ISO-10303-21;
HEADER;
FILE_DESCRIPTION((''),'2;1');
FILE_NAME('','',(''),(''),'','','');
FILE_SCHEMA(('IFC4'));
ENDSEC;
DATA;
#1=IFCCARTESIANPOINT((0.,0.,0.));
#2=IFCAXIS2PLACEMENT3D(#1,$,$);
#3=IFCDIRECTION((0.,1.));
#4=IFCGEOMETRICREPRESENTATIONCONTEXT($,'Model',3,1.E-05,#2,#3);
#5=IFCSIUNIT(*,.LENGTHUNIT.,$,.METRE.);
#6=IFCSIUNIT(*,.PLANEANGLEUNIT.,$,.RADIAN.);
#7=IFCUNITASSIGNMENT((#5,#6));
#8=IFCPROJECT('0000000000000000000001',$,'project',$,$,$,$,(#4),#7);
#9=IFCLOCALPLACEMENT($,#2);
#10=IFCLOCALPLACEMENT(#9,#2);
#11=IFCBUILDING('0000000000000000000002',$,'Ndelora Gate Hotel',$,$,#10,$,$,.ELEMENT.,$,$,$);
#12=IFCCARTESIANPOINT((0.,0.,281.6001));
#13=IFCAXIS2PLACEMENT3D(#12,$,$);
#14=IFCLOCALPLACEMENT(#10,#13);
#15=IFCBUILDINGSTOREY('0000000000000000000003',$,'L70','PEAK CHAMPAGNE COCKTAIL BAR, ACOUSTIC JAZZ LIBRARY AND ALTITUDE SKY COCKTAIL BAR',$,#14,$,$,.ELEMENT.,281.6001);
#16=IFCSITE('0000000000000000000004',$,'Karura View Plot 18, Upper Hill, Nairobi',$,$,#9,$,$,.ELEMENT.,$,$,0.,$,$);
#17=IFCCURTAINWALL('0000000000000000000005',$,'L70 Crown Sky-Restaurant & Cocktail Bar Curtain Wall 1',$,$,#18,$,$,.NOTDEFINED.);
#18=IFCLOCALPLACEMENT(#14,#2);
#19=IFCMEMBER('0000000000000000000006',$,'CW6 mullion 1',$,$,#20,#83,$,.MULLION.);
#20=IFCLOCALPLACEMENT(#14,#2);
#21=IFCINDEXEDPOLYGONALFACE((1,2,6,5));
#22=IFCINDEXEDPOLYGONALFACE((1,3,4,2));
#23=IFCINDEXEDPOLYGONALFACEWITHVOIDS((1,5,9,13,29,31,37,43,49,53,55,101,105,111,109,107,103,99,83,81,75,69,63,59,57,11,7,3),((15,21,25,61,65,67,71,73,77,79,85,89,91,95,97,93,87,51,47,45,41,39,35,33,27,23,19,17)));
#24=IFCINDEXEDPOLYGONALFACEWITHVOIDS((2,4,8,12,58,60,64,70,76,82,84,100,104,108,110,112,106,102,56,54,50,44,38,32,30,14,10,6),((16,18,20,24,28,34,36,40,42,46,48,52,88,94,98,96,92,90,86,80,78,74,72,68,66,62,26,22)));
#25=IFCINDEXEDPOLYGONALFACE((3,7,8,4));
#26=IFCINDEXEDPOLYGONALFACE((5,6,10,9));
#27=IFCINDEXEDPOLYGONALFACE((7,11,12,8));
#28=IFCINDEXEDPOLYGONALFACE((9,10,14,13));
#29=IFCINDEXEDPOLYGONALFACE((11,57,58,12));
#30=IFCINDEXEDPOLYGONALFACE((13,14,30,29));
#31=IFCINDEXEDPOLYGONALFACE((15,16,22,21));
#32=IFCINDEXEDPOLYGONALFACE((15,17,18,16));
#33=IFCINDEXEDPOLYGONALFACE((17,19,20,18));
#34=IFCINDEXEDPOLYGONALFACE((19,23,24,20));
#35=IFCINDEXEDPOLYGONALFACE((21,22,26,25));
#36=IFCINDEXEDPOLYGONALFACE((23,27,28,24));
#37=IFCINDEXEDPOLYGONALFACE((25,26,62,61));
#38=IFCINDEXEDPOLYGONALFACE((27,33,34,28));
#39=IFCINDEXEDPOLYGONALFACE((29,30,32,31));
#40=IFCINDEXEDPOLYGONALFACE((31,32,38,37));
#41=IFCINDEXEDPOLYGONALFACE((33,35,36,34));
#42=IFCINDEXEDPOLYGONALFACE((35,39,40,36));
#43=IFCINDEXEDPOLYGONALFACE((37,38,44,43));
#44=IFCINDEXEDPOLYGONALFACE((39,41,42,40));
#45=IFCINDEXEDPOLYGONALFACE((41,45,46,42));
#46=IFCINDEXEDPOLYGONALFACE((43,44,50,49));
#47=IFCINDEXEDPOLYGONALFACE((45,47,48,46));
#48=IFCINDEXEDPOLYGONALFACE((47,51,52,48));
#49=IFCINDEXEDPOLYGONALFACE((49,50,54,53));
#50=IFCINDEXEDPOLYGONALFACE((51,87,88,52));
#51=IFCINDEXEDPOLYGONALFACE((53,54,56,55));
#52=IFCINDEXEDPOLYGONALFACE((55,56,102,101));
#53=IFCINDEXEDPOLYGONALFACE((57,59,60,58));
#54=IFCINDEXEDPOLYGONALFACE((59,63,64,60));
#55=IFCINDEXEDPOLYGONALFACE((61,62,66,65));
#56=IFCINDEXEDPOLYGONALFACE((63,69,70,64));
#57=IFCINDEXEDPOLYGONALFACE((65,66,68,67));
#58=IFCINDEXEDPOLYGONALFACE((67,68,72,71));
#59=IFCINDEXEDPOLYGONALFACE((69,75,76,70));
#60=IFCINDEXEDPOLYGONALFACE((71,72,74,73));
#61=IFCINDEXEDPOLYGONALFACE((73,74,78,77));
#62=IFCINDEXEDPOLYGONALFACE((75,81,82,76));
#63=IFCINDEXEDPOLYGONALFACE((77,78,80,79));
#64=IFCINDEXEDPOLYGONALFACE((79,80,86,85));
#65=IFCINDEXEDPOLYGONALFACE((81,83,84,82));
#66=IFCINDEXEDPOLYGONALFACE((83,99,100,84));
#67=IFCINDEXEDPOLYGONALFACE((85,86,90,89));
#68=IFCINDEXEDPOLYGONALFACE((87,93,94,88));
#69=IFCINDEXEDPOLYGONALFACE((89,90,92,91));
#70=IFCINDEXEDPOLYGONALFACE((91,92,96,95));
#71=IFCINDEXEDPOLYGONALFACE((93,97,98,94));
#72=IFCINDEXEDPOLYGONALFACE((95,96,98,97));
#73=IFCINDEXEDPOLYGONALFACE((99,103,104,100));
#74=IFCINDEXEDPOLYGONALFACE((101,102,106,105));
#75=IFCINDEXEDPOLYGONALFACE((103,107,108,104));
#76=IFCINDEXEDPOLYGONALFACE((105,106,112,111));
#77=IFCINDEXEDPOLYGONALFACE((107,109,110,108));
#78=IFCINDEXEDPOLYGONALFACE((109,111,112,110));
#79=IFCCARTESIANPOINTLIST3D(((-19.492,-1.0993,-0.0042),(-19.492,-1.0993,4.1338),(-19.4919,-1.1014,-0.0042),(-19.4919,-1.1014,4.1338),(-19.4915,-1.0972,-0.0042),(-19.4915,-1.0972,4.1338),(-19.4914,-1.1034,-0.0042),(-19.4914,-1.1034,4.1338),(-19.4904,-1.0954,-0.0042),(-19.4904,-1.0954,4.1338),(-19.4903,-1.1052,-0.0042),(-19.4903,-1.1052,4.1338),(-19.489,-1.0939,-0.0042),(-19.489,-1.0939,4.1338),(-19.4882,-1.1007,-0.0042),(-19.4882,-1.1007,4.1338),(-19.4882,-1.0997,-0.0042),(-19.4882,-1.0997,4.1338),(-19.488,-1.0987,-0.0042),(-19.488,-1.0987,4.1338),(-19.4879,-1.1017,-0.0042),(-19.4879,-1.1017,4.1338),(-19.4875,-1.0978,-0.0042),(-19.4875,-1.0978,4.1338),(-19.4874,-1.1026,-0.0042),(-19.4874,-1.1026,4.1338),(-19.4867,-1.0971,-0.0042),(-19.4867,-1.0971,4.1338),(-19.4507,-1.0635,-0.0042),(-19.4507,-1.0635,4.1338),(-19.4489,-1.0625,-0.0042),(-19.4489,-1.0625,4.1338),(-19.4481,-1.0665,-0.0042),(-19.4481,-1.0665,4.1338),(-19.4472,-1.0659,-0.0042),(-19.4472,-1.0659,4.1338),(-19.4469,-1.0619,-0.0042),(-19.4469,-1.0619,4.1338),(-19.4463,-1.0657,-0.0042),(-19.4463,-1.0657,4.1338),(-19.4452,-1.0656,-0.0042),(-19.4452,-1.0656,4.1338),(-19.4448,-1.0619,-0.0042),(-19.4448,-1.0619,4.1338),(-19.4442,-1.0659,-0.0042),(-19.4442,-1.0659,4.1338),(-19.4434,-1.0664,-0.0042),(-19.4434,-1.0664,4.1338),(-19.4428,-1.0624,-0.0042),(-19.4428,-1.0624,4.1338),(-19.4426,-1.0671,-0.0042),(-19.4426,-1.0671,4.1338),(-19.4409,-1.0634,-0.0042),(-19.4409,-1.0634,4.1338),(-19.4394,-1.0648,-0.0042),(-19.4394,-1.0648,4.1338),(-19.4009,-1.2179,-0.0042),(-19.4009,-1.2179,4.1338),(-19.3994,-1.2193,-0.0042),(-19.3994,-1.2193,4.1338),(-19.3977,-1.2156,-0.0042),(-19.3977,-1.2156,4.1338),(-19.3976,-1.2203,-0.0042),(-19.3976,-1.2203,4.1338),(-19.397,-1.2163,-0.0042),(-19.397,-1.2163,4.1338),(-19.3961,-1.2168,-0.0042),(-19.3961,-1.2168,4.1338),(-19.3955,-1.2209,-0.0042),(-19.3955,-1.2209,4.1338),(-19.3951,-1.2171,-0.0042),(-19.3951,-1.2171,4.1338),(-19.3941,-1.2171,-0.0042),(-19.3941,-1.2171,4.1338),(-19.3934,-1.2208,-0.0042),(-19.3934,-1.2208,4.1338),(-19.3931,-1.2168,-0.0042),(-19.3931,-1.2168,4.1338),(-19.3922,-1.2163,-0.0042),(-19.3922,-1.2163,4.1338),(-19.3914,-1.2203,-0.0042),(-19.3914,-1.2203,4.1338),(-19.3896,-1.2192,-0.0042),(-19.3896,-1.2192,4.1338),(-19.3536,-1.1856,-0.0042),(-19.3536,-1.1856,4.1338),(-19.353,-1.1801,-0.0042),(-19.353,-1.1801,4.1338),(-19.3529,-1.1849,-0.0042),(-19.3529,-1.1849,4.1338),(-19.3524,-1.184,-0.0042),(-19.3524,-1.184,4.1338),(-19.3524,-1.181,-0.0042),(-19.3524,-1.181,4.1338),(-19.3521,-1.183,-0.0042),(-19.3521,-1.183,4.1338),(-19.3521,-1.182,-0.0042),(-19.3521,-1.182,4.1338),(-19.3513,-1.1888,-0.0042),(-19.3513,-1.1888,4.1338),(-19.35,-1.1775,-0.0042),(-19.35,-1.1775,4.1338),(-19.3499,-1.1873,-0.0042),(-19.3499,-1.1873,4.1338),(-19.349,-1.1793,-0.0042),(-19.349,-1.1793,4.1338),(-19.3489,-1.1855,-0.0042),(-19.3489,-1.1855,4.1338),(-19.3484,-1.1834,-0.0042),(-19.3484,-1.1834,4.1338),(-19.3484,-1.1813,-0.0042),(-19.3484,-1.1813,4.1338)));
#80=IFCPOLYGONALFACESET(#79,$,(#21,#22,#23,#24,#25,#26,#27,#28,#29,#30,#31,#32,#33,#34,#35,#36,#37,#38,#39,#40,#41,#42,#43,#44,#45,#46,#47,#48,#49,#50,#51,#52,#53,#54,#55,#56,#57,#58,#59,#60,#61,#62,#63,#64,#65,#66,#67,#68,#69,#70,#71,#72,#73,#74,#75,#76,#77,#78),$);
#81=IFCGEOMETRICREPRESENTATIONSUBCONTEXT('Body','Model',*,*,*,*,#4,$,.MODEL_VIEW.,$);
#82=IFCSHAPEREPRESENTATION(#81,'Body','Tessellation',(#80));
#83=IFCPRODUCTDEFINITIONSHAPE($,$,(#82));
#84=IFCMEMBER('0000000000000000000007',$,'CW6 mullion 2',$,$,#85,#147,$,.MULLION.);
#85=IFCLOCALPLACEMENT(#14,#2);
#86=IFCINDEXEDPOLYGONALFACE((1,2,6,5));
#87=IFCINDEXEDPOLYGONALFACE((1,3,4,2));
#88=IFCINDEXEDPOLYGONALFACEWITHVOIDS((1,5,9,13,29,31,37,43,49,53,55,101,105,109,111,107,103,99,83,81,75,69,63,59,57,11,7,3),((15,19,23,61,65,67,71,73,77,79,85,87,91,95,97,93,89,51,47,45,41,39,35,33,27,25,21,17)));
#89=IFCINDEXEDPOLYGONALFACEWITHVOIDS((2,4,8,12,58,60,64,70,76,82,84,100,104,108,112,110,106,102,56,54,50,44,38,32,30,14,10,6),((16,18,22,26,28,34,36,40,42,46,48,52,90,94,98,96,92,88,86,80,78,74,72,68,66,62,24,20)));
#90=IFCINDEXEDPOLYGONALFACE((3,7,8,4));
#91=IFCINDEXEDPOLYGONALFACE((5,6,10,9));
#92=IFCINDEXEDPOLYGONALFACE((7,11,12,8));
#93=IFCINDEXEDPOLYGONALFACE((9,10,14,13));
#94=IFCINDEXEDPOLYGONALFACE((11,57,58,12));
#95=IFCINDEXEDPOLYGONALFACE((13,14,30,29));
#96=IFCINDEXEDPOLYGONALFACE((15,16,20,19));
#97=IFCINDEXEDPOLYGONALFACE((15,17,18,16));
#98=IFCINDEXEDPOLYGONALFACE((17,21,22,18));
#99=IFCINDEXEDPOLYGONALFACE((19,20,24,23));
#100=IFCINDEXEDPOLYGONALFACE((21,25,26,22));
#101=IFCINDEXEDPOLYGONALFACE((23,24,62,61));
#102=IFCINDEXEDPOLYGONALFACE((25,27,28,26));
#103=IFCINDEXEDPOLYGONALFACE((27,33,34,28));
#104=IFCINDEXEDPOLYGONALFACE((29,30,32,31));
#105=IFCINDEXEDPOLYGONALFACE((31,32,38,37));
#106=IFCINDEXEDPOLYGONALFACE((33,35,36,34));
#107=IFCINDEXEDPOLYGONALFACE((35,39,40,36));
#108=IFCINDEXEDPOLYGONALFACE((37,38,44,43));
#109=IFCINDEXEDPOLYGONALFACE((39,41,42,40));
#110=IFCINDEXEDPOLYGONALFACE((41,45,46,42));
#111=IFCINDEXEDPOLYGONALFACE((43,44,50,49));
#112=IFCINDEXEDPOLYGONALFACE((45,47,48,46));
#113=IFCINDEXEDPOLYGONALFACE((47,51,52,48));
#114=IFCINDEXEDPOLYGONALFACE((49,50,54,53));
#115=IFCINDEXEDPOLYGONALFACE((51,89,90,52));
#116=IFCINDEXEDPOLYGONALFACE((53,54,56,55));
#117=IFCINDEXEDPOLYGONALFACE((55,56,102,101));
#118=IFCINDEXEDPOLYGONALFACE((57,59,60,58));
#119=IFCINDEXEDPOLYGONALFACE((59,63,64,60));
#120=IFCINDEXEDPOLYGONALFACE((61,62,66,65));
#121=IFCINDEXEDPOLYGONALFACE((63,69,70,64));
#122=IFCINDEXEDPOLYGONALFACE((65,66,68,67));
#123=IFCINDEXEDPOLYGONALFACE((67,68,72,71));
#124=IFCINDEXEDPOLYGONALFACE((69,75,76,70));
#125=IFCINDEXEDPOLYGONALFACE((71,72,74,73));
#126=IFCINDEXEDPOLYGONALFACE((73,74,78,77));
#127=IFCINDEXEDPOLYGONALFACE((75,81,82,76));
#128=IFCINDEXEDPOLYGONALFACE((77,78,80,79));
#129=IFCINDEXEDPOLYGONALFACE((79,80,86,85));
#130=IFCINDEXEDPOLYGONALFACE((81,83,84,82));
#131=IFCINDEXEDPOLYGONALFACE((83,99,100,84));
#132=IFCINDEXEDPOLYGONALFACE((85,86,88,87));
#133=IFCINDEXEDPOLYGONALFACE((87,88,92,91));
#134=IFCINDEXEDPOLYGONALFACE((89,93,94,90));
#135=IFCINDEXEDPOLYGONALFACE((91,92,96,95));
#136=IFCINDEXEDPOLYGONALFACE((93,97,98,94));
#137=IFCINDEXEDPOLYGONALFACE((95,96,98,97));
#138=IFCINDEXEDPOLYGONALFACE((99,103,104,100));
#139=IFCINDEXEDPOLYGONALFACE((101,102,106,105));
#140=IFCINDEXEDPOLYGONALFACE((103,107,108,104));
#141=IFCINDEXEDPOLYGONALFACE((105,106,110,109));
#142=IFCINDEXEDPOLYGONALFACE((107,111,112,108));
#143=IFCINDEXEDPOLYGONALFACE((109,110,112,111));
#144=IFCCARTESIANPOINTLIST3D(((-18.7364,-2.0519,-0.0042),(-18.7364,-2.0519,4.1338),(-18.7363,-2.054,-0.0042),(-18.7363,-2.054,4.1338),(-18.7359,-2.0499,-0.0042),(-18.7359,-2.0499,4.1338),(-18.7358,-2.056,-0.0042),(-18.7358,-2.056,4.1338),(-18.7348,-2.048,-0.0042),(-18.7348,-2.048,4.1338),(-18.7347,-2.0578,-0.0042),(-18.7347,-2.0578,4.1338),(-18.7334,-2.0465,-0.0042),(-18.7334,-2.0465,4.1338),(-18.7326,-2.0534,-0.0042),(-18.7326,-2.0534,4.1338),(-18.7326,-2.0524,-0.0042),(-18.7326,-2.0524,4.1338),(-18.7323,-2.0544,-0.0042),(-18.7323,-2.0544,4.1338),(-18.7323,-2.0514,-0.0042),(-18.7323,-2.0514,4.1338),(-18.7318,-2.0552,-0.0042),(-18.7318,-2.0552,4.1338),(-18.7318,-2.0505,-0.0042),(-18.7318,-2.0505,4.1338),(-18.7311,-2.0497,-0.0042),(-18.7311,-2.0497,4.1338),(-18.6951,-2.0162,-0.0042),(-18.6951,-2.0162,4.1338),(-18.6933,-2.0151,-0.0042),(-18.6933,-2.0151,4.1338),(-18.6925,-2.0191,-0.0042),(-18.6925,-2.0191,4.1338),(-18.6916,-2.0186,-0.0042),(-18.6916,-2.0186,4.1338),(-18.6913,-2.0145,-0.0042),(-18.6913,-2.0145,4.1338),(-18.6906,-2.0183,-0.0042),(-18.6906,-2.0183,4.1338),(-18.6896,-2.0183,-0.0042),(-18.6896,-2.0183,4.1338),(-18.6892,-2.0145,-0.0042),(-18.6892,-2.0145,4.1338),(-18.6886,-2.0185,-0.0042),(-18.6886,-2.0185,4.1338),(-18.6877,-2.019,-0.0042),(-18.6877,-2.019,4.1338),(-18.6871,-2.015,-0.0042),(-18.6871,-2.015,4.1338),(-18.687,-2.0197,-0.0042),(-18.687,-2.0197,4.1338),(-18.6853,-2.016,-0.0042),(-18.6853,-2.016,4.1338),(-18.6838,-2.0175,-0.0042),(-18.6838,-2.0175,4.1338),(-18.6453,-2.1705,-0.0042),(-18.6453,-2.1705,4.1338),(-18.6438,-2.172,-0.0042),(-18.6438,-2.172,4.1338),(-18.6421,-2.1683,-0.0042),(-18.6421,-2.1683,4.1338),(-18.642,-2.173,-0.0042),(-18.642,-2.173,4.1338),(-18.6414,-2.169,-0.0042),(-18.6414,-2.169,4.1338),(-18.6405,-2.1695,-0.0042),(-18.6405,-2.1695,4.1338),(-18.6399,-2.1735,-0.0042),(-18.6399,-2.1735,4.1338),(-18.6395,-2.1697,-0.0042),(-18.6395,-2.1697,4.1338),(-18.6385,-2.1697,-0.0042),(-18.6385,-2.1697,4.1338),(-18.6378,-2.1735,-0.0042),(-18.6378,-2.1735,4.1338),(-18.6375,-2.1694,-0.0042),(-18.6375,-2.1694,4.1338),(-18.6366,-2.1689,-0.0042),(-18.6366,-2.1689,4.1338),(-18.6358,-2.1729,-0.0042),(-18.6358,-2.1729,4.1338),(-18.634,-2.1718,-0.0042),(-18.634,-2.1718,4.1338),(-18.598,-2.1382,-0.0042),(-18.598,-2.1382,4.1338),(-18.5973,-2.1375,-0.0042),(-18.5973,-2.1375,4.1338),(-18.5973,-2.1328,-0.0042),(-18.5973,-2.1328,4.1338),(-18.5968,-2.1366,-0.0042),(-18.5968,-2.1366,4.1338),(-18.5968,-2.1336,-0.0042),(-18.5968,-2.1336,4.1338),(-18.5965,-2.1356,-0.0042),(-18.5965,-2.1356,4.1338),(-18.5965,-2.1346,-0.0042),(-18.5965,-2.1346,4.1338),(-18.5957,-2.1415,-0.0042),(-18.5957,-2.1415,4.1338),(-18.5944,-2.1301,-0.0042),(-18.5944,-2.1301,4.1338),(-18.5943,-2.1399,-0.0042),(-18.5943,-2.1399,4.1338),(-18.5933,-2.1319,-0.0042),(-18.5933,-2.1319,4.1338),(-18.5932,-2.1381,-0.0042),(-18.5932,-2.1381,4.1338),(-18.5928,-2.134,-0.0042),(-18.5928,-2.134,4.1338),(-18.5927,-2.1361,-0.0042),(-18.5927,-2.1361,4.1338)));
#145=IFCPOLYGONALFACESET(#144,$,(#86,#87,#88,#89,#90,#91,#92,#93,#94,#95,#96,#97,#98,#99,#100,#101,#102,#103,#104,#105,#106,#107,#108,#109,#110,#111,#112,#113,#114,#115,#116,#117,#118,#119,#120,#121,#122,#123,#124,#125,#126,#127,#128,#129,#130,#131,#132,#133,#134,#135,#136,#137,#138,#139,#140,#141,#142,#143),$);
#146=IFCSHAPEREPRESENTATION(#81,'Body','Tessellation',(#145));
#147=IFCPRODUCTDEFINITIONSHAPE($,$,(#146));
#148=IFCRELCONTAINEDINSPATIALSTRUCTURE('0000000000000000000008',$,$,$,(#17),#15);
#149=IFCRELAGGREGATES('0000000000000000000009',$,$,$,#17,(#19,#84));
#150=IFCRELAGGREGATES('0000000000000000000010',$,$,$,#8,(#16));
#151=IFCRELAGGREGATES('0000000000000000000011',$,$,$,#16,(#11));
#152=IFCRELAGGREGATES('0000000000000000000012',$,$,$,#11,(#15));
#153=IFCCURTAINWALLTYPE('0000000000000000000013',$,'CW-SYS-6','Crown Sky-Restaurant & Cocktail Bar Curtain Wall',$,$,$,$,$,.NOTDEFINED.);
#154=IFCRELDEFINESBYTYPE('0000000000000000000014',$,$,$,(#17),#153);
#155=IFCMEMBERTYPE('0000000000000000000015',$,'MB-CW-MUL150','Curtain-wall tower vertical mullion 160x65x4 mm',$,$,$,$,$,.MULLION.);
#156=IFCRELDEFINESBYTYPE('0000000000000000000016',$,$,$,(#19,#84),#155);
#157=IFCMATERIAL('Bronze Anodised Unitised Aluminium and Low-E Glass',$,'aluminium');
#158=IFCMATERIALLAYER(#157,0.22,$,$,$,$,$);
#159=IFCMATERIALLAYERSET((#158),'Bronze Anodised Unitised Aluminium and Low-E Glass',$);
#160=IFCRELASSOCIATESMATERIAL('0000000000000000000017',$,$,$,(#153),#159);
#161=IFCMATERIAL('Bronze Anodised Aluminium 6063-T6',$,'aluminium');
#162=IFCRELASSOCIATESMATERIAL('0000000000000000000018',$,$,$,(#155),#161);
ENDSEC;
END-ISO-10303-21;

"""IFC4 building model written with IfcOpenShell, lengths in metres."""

from ifc_helpers import new_model, si_unit, direction, frame, origin, origin_2d, place, context, subcontext, project, spatial, hollow_rectangle, extrude, material, layer, layer_set, material_profile, profile_set, type_object, element, aggregate, save


model = new_model("IFC4")

# Units and contexts
model_context = context("Model", 3, precision=1e-05, world=origin(), true_north=direction((0.0, 1.0)))
body_context = subcontext(model_context, "Body", "Model", "MODEL_VIEW")
ifc_project = project(units=[si_unit("LENGTHUNIT", "METRE"), si_unit("PLANEANGLEUNIT", "RADIAN")], contexts=[model_context])

# Site, building, storey
site_placement = place(None, origin())
site = spatial("IfcSite", under=ifc_project, at=site_placement, Name="Karura View Plot 18, Upper Hill, Nairobi", CompositionType="ELEMENT", RefElevation=0.0)
building_placement = place(site_placement, origin())
building = spatial("IfcBuilding", under=site, at=building_placement, Name="Ndelora Gate Hotel", CompositionType="ELEMENT")
storey_placement = place(building_placement, frame((0.0, 0.0, 281.6001)))
storey = spatial("IfcBuildingStorey", under=building, at=storey_placement, Name="L70", Description="PEAK CHAMPAGNE COCKTAIL BAR, ACOUSTIC JAZZ LIBRARY AND ALTITUDE SKY COCKTAIL BAR", CompositionType="ELEMENT", Elevation=281.6001)

# Curtain wall, members
ifc_material_1 = material(Name="Bronze Anodised Unitised Aluminium and Low-E Glass", Category="aluminium")
ifc_layer_1 = layer(ifc_material_1, 0.22)
ifc_layer_set_1 = layer_set([ifc_layer_1], Name="Bronze Anodised Unitised Aluminium and Low-E Glass")
curtain_wall_type = type_object("IfcCurtainWallType", Name="CW-SYS-6", Description="Crown Sky-Restaurant & Cocktail Bar Curtain Wall", PredefinedType="NOTDEFINED", material=ifc_layer_set_1)
curtain_wall_placement = place(storey_placement, origin())
curtain_wall = element("IfcCurtainWall", 1, at=curtain_wall_placement, inside=storey, type_object=curtain_wall_type, Name="L70 Crown Sky-Restaurant & Cocktail Bar Curtain Wall 1", PredefinedType="NOTDEFINED")
ifc_material_2 = material(Name="Bronze Anodised Aluminium 6063-T6", Category="aluminium")
ifc_material_profile_1 = material_profile(ifc_material_2, hollow_rectangle(XDim=0.0649, YDim=0.1599, WallThickness=0.0039, InnerFilletRadius=0.0039, OuterFilletRadius=0.0081, at=origin_2d()), Name="ALU 160x65x4")
ifc_profile_set_1 = profile_set([ifc_material_profile_1], Name="Bronze Anodised Aluminium 6063-T6")
member_type_1 = type_object("IfcMemberType", Name="MB-CW-MUL150", Description="Curtain-wall tower vertical mullion 160x65x4 mm", PredefinedType="MULLION", material=ifc_profile_set_1)
member_1_placement = place(storey_placement, frame((-19.4202, -1.1414, -0.0042), z_axis=(0.0, 0.0, 1.0), x_axis=(0.78341, 0.621505, 0.0)))
member_1 = element("IfcMember", 2, at=member_1_placement, type_object=member_type_1, Name="CW6 mullion 1", PredefinedType="MULLION", context=body_context, shape_type="SweptSolid", body=[
    extrude(hollow_rectangle(XDim=0.0649, YDim=0.1599, WallThickness=0.0039, InnerFilletRadius=0.0039, OuterFilletRadius=0.0081, at=origin_2d()), origin(), (0.0, 0.0, 1.0), 4.1379),
])
member_2_placement = place(storey_placement, frame((-18.6646, -2.094, -0.0042), z_axis=(0.0, 0.0, 1.0), x_axis=(0.78341, 0.621505, 0.0)))
member_2 = element("IfcMember", 3, at=member_2_placement, type_object=member_type_1, Name="CW6 mullion 2", PredefinedType="MULLION", context=body_context, shape_type="SweptSolid", body=[
    extrude(hollow_rectangle(XDim=0.0649, YDim=0.1599, WallThickness=0.0039, InnerFilletRadius=0.0039, OuterFilletRadius=0.0081, at=origin_2d()), origin(), (0.0, 0.0, 1.0), 4.1379),
])
aggregate(curtain_wall, [member_1, member_2])

save(model, "model.ifc")
